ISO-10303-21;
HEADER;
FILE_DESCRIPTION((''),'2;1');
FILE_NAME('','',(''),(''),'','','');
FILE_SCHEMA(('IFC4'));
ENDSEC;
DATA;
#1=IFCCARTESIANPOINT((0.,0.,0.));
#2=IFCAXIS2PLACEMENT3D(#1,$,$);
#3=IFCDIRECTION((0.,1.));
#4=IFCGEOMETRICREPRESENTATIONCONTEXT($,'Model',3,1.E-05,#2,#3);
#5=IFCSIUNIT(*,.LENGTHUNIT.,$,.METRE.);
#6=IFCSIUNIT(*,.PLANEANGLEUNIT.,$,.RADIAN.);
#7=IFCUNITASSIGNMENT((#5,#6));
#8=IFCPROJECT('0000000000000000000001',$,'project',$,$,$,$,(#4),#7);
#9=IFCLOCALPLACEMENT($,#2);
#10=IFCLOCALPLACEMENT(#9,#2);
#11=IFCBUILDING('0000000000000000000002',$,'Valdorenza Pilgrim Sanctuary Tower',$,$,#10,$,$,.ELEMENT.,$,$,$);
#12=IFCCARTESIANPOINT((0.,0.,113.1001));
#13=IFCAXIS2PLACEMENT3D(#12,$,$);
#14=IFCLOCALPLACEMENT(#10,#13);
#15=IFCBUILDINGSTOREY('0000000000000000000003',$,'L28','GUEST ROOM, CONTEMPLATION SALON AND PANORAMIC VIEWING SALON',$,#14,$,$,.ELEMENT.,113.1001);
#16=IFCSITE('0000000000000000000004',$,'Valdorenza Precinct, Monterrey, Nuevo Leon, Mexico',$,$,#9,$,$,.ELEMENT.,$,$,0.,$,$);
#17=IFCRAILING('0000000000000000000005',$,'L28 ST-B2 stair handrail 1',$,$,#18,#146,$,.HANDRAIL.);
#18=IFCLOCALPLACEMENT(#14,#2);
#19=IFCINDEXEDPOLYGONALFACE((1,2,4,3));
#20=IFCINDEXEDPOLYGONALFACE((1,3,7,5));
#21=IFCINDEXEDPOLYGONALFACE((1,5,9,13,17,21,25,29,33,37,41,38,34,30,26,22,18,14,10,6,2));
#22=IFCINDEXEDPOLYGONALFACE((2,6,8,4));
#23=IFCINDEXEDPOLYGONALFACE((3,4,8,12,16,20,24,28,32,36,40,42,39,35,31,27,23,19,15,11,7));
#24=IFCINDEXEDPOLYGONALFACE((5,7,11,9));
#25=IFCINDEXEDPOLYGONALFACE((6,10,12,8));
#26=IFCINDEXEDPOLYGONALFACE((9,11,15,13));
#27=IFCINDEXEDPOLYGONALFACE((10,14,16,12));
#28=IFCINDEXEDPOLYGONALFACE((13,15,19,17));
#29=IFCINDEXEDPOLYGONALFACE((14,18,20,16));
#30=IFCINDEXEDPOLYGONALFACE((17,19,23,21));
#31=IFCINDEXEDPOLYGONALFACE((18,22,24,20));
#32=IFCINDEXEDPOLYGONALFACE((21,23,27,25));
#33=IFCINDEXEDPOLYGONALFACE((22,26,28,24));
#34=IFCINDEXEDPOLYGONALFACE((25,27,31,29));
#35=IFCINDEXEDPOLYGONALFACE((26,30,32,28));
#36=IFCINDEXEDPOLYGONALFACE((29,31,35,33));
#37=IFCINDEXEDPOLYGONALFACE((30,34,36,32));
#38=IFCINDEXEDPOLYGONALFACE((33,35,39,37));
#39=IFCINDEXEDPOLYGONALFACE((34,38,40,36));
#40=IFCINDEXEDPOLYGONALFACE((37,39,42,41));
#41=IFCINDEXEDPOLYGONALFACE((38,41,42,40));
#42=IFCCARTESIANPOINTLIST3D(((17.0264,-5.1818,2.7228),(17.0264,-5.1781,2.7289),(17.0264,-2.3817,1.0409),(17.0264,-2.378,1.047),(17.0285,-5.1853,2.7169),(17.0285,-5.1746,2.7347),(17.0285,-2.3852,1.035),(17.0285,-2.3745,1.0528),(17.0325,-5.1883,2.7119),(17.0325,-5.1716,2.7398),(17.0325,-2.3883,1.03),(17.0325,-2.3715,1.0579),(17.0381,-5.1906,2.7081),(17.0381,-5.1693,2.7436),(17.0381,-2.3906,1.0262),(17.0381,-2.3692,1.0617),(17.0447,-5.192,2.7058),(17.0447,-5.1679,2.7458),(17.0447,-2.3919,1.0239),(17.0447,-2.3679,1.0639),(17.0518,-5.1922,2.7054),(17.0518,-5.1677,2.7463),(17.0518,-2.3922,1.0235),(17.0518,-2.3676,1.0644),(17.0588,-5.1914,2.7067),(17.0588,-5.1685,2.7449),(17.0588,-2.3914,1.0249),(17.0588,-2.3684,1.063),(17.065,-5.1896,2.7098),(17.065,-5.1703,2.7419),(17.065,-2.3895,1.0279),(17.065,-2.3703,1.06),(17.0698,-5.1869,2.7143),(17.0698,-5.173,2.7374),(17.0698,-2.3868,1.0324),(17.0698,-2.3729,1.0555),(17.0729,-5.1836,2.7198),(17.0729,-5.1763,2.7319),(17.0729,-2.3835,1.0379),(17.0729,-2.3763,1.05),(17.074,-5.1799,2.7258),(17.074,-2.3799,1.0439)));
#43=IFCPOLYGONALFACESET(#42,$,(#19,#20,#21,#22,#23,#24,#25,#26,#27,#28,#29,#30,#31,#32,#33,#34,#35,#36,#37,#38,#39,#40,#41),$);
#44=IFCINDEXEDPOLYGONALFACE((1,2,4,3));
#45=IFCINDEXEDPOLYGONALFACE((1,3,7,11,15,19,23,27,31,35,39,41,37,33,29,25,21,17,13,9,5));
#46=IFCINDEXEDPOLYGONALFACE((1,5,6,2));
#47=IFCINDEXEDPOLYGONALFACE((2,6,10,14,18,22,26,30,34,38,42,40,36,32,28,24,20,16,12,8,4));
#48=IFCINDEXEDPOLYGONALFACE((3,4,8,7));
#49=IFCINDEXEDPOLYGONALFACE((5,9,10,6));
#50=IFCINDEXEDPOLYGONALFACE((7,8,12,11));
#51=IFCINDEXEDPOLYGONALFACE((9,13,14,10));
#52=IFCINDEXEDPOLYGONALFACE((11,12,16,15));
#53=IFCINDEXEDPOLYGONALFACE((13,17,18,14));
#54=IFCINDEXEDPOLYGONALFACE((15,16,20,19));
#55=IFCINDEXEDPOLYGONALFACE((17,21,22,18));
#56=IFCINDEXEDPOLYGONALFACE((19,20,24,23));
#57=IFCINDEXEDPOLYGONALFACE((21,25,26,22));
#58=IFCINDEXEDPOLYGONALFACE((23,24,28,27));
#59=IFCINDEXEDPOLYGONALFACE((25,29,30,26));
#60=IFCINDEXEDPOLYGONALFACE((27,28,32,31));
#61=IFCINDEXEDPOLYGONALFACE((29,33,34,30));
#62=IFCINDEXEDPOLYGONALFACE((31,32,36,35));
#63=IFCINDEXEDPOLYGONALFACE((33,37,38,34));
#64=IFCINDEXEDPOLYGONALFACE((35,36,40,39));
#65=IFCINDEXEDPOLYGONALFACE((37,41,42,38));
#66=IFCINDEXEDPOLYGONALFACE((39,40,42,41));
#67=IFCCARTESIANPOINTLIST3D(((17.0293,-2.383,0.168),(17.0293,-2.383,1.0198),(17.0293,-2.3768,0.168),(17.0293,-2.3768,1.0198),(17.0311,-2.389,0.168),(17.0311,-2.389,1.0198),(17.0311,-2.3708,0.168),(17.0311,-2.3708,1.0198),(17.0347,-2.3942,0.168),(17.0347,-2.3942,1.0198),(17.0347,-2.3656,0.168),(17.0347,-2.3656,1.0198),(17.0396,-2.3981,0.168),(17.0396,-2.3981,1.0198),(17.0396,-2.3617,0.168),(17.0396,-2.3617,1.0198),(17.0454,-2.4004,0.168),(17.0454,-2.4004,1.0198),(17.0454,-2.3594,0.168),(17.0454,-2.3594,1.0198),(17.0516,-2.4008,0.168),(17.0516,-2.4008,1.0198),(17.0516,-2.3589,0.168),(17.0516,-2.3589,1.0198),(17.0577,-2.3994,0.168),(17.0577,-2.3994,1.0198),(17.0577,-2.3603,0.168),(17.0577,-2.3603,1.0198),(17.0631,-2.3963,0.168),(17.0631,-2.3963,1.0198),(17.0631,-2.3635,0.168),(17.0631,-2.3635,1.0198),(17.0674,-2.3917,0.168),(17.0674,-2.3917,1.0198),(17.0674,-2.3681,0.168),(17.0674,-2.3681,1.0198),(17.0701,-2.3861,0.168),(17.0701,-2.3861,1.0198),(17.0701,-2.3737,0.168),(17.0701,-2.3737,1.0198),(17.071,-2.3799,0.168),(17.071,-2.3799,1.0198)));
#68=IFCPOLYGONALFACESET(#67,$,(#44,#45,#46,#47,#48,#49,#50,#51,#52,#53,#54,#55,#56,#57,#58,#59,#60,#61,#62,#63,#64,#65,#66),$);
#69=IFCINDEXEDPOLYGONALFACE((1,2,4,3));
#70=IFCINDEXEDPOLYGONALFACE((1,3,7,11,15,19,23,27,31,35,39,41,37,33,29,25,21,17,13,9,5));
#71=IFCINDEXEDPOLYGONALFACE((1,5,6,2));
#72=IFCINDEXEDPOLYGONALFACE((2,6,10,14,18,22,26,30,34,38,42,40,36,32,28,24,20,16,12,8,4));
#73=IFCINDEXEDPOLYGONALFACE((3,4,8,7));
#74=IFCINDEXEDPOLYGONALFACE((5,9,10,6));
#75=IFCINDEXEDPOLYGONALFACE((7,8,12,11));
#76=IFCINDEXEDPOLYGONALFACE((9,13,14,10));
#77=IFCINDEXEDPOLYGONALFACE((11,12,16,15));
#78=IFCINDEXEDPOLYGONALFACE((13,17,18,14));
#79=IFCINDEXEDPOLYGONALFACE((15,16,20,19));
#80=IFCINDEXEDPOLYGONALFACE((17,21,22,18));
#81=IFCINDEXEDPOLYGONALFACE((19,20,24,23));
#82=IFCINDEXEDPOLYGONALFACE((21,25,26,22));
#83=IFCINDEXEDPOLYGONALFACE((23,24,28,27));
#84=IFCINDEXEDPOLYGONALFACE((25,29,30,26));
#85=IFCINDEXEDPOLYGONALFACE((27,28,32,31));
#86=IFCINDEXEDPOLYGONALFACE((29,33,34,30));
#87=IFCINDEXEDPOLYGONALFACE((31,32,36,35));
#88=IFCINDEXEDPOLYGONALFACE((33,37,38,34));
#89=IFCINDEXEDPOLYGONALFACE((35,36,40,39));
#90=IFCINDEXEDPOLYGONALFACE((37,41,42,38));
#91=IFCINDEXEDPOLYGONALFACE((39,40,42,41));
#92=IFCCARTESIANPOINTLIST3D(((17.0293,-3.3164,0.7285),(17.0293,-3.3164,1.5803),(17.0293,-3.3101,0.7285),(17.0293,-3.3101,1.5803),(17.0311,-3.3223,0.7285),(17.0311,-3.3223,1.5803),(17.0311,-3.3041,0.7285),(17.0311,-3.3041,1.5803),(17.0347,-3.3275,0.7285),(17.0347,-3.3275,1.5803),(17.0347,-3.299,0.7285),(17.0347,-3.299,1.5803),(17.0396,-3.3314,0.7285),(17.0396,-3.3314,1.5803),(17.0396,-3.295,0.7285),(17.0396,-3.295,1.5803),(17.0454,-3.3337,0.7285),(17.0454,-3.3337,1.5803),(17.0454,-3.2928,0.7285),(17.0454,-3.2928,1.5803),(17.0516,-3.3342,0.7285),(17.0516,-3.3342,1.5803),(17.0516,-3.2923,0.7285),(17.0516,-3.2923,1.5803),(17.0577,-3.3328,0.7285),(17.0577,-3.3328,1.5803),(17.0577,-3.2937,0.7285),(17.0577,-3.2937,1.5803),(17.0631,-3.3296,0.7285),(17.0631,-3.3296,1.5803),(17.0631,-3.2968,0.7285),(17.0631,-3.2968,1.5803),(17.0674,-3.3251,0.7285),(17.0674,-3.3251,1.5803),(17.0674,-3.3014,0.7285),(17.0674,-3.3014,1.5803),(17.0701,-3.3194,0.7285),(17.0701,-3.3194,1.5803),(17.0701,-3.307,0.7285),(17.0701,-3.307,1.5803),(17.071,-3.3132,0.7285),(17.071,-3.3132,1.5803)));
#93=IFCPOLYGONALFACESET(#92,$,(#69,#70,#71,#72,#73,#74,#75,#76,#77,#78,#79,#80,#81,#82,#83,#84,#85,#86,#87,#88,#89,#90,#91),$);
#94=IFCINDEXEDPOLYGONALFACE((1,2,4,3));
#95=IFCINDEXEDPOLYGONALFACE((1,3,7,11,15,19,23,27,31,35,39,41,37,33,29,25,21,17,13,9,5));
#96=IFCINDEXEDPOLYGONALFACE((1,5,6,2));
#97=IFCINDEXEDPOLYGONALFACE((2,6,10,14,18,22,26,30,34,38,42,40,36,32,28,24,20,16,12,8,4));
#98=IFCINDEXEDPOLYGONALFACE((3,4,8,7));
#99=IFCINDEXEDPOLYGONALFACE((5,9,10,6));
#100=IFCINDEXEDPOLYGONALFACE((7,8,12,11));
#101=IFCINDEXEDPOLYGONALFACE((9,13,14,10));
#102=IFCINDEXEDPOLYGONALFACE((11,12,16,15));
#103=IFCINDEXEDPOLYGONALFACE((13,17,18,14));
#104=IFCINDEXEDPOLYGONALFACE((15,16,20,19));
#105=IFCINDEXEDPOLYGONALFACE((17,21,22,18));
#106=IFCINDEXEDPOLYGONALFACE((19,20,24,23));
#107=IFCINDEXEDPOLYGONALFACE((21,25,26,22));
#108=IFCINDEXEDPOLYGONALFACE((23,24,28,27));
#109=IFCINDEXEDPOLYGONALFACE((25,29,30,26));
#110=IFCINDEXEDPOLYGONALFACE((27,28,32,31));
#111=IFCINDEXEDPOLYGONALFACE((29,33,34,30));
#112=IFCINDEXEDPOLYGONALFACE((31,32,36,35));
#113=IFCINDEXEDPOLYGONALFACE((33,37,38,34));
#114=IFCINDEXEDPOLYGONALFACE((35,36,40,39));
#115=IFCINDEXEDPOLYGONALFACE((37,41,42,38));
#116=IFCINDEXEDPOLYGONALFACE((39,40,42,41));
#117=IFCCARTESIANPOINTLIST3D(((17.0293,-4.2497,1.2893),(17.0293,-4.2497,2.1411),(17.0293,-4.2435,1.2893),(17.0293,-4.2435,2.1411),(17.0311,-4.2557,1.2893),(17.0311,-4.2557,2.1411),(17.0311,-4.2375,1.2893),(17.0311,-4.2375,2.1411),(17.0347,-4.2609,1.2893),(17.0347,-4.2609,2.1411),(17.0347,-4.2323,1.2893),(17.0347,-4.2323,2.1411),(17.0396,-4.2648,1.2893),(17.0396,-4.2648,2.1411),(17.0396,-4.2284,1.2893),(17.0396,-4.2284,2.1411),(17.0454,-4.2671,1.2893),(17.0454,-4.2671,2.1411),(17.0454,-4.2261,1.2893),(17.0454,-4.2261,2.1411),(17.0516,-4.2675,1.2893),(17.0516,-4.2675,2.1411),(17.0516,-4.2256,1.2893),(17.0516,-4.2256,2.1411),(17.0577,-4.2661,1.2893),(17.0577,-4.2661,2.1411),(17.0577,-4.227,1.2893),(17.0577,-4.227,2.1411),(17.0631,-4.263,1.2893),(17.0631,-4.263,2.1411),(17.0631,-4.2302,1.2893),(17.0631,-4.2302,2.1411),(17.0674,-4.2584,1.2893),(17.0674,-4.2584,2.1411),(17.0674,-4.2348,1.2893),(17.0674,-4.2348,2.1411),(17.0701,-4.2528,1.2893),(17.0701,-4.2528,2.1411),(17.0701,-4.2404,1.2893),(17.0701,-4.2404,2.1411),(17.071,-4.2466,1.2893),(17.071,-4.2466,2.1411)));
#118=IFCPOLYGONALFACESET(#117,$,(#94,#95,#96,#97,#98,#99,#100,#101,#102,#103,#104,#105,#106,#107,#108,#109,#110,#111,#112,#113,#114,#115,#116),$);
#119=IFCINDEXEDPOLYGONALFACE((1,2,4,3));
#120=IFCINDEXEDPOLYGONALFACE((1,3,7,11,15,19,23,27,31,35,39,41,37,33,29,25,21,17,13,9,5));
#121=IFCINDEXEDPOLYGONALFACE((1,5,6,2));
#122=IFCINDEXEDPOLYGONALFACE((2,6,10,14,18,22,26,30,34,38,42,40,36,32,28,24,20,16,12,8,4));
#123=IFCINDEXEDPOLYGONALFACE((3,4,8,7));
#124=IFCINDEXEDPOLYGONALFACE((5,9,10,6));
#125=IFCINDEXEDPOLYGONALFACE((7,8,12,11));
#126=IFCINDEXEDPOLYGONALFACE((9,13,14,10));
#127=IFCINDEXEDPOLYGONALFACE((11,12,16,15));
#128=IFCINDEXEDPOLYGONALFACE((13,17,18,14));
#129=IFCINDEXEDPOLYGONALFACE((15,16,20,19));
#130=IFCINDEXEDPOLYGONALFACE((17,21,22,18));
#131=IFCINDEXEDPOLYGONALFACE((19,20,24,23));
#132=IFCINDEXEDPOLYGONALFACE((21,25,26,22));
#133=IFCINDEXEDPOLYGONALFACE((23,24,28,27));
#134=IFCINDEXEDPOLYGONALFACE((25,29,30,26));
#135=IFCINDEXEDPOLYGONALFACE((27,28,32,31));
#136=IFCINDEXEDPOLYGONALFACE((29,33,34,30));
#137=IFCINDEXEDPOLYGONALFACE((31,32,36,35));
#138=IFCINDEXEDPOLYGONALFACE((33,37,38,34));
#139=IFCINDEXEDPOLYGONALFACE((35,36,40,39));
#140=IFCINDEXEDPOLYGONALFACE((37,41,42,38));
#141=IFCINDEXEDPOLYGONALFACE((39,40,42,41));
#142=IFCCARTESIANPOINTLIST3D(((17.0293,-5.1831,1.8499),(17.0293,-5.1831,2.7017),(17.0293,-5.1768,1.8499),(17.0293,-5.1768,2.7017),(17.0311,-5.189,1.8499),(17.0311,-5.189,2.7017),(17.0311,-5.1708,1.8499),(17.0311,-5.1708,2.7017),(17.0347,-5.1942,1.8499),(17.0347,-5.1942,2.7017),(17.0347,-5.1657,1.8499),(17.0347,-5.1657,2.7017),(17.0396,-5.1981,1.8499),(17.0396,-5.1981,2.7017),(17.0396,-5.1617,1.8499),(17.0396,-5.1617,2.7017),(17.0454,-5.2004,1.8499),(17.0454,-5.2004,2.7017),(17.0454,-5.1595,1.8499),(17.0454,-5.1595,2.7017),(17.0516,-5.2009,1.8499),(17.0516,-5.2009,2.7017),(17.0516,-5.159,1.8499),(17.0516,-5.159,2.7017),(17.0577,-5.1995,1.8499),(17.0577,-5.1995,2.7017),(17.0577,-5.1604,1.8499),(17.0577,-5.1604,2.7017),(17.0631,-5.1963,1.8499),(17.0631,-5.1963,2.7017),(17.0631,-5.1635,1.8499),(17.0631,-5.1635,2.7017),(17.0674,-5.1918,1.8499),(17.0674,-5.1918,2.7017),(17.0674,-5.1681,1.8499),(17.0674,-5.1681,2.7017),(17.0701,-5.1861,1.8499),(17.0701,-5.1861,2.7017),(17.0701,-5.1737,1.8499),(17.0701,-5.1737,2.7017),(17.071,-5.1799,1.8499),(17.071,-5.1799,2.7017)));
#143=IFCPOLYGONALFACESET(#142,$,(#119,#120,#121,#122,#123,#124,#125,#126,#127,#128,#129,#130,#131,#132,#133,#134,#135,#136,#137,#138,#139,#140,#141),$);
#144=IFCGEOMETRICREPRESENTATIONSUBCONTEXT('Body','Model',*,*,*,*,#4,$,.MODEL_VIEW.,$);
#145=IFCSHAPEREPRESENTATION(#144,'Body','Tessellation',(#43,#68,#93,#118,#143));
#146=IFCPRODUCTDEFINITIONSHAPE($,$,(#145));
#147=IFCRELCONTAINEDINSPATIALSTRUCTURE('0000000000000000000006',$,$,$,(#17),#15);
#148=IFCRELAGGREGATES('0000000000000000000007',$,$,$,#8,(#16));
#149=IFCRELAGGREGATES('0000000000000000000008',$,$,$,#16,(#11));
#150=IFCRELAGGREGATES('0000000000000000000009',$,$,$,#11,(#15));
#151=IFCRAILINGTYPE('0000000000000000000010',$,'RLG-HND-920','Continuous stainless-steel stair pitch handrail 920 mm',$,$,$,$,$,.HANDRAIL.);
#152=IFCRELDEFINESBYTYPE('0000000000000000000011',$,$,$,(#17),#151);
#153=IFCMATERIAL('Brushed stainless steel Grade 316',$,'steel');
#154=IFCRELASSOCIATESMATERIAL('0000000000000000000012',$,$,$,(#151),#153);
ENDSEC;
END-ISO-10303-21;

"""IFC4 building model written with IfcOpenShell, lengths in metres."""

from ifc_helpers import new_model, si_unit, direction, frame, origin, origin_2d, place, context, subcontext, project, spatial, circle, extrude, material, type_object, element, save


model = new_model("IFC4")

# Units and contexts
model_context = context("Model", 3, precision=1e-05, world=origin(), true_north=direction((0.0, 1.0)))
body_context = subcontext(model_context, "Body", "Model", "MODEL_VIEW")
ifc_project = project(units=[si_unit("LENGTHUNIT", "METRE"), si_unit("PLANEANGLEUNIT", "RADIAN")], contexts=[model_context])

# Site, building, storey
site_placement = place(None, origin())
site = spatial("IfcSite", under=ifc_project, at=site_placement, Name="Valdorenza Precinct, Monterrey, Nuevo Leon, Mexico", CompositionType="ELEMENT", RefElevation=0.0)
building_placement = place(site_placement, origin())
building = spatial("IfcBuilding", under=site, at=building_placement, Name="Valdorenza Pilgrim Sanctuary Tower", CompositionType="ELEMENT")
storey_placement = place(building_placement, frame((0.0, 0.0, 113.1001)))
storey = spatial("IfcBuildingStorey", under=building, at=storey_placement, Name="L28", Description="GUEST ROOM, CONTEMPLATION SALON AND PANORAMIC VIEWING SALON", CompositionType="ELEMENT", Elevation=113.1001)

# Railing
ifc_material_1 = material(Name="Brushed stainless steel Grade 316", Category="steel")
railing_type_1 = type_object("IfcRailingType", Name="RLG-HND-920", Description="Continuous stainless-steel stair pitch handrail 920 mm", PredefinedType="HANDRAIL", material=ifc_material_1)
railing_1_placement = place(storey_placement, frame((17.05, -2.3799, 0.168)))
element("IfcRailing", 1, at=railing_1_placement, inside=storey, type_object=railing_type_1, Name="L28 ST-B2 stair handrail 1", PredefinedType="HANDRAIL", context=body_context, shape_type="SweptSolid", body=[
    extrude(circle(Radius=0.0239, at=origin_2d()), frame((0.0, 0.0, 0.876), z_axis=(0.0, -0.857242, 0.514913), x_axis=(1.0, 0.0, 0.0)), (0.0, 0.0, 1.0), 3.2664),
    extrude(circle(Radius=0.021, at=origin_2d()), origin(), (0.0, 0.0, 1.0), 0.8518),
    extrude(circle(Radius=0.021, at=origin_2d()), frame((0.0, -0.9333, 0.5605)), (0.0, 0.0, 1.0), 0.8518),
    extrude(circle(Radius=0.021, at=origin_2d()), frame((0.0, -1.8667, 1.1213)), (0.0, 0.0, 1.0), 0.8518),
    extrude(circle(Radius=0.021, at=origin_2d()), frame((0.0, -2.8, 1.6819)), (0.0, 0.0, 1.0), 0.8518),
])

save(model, "model.ifc")
